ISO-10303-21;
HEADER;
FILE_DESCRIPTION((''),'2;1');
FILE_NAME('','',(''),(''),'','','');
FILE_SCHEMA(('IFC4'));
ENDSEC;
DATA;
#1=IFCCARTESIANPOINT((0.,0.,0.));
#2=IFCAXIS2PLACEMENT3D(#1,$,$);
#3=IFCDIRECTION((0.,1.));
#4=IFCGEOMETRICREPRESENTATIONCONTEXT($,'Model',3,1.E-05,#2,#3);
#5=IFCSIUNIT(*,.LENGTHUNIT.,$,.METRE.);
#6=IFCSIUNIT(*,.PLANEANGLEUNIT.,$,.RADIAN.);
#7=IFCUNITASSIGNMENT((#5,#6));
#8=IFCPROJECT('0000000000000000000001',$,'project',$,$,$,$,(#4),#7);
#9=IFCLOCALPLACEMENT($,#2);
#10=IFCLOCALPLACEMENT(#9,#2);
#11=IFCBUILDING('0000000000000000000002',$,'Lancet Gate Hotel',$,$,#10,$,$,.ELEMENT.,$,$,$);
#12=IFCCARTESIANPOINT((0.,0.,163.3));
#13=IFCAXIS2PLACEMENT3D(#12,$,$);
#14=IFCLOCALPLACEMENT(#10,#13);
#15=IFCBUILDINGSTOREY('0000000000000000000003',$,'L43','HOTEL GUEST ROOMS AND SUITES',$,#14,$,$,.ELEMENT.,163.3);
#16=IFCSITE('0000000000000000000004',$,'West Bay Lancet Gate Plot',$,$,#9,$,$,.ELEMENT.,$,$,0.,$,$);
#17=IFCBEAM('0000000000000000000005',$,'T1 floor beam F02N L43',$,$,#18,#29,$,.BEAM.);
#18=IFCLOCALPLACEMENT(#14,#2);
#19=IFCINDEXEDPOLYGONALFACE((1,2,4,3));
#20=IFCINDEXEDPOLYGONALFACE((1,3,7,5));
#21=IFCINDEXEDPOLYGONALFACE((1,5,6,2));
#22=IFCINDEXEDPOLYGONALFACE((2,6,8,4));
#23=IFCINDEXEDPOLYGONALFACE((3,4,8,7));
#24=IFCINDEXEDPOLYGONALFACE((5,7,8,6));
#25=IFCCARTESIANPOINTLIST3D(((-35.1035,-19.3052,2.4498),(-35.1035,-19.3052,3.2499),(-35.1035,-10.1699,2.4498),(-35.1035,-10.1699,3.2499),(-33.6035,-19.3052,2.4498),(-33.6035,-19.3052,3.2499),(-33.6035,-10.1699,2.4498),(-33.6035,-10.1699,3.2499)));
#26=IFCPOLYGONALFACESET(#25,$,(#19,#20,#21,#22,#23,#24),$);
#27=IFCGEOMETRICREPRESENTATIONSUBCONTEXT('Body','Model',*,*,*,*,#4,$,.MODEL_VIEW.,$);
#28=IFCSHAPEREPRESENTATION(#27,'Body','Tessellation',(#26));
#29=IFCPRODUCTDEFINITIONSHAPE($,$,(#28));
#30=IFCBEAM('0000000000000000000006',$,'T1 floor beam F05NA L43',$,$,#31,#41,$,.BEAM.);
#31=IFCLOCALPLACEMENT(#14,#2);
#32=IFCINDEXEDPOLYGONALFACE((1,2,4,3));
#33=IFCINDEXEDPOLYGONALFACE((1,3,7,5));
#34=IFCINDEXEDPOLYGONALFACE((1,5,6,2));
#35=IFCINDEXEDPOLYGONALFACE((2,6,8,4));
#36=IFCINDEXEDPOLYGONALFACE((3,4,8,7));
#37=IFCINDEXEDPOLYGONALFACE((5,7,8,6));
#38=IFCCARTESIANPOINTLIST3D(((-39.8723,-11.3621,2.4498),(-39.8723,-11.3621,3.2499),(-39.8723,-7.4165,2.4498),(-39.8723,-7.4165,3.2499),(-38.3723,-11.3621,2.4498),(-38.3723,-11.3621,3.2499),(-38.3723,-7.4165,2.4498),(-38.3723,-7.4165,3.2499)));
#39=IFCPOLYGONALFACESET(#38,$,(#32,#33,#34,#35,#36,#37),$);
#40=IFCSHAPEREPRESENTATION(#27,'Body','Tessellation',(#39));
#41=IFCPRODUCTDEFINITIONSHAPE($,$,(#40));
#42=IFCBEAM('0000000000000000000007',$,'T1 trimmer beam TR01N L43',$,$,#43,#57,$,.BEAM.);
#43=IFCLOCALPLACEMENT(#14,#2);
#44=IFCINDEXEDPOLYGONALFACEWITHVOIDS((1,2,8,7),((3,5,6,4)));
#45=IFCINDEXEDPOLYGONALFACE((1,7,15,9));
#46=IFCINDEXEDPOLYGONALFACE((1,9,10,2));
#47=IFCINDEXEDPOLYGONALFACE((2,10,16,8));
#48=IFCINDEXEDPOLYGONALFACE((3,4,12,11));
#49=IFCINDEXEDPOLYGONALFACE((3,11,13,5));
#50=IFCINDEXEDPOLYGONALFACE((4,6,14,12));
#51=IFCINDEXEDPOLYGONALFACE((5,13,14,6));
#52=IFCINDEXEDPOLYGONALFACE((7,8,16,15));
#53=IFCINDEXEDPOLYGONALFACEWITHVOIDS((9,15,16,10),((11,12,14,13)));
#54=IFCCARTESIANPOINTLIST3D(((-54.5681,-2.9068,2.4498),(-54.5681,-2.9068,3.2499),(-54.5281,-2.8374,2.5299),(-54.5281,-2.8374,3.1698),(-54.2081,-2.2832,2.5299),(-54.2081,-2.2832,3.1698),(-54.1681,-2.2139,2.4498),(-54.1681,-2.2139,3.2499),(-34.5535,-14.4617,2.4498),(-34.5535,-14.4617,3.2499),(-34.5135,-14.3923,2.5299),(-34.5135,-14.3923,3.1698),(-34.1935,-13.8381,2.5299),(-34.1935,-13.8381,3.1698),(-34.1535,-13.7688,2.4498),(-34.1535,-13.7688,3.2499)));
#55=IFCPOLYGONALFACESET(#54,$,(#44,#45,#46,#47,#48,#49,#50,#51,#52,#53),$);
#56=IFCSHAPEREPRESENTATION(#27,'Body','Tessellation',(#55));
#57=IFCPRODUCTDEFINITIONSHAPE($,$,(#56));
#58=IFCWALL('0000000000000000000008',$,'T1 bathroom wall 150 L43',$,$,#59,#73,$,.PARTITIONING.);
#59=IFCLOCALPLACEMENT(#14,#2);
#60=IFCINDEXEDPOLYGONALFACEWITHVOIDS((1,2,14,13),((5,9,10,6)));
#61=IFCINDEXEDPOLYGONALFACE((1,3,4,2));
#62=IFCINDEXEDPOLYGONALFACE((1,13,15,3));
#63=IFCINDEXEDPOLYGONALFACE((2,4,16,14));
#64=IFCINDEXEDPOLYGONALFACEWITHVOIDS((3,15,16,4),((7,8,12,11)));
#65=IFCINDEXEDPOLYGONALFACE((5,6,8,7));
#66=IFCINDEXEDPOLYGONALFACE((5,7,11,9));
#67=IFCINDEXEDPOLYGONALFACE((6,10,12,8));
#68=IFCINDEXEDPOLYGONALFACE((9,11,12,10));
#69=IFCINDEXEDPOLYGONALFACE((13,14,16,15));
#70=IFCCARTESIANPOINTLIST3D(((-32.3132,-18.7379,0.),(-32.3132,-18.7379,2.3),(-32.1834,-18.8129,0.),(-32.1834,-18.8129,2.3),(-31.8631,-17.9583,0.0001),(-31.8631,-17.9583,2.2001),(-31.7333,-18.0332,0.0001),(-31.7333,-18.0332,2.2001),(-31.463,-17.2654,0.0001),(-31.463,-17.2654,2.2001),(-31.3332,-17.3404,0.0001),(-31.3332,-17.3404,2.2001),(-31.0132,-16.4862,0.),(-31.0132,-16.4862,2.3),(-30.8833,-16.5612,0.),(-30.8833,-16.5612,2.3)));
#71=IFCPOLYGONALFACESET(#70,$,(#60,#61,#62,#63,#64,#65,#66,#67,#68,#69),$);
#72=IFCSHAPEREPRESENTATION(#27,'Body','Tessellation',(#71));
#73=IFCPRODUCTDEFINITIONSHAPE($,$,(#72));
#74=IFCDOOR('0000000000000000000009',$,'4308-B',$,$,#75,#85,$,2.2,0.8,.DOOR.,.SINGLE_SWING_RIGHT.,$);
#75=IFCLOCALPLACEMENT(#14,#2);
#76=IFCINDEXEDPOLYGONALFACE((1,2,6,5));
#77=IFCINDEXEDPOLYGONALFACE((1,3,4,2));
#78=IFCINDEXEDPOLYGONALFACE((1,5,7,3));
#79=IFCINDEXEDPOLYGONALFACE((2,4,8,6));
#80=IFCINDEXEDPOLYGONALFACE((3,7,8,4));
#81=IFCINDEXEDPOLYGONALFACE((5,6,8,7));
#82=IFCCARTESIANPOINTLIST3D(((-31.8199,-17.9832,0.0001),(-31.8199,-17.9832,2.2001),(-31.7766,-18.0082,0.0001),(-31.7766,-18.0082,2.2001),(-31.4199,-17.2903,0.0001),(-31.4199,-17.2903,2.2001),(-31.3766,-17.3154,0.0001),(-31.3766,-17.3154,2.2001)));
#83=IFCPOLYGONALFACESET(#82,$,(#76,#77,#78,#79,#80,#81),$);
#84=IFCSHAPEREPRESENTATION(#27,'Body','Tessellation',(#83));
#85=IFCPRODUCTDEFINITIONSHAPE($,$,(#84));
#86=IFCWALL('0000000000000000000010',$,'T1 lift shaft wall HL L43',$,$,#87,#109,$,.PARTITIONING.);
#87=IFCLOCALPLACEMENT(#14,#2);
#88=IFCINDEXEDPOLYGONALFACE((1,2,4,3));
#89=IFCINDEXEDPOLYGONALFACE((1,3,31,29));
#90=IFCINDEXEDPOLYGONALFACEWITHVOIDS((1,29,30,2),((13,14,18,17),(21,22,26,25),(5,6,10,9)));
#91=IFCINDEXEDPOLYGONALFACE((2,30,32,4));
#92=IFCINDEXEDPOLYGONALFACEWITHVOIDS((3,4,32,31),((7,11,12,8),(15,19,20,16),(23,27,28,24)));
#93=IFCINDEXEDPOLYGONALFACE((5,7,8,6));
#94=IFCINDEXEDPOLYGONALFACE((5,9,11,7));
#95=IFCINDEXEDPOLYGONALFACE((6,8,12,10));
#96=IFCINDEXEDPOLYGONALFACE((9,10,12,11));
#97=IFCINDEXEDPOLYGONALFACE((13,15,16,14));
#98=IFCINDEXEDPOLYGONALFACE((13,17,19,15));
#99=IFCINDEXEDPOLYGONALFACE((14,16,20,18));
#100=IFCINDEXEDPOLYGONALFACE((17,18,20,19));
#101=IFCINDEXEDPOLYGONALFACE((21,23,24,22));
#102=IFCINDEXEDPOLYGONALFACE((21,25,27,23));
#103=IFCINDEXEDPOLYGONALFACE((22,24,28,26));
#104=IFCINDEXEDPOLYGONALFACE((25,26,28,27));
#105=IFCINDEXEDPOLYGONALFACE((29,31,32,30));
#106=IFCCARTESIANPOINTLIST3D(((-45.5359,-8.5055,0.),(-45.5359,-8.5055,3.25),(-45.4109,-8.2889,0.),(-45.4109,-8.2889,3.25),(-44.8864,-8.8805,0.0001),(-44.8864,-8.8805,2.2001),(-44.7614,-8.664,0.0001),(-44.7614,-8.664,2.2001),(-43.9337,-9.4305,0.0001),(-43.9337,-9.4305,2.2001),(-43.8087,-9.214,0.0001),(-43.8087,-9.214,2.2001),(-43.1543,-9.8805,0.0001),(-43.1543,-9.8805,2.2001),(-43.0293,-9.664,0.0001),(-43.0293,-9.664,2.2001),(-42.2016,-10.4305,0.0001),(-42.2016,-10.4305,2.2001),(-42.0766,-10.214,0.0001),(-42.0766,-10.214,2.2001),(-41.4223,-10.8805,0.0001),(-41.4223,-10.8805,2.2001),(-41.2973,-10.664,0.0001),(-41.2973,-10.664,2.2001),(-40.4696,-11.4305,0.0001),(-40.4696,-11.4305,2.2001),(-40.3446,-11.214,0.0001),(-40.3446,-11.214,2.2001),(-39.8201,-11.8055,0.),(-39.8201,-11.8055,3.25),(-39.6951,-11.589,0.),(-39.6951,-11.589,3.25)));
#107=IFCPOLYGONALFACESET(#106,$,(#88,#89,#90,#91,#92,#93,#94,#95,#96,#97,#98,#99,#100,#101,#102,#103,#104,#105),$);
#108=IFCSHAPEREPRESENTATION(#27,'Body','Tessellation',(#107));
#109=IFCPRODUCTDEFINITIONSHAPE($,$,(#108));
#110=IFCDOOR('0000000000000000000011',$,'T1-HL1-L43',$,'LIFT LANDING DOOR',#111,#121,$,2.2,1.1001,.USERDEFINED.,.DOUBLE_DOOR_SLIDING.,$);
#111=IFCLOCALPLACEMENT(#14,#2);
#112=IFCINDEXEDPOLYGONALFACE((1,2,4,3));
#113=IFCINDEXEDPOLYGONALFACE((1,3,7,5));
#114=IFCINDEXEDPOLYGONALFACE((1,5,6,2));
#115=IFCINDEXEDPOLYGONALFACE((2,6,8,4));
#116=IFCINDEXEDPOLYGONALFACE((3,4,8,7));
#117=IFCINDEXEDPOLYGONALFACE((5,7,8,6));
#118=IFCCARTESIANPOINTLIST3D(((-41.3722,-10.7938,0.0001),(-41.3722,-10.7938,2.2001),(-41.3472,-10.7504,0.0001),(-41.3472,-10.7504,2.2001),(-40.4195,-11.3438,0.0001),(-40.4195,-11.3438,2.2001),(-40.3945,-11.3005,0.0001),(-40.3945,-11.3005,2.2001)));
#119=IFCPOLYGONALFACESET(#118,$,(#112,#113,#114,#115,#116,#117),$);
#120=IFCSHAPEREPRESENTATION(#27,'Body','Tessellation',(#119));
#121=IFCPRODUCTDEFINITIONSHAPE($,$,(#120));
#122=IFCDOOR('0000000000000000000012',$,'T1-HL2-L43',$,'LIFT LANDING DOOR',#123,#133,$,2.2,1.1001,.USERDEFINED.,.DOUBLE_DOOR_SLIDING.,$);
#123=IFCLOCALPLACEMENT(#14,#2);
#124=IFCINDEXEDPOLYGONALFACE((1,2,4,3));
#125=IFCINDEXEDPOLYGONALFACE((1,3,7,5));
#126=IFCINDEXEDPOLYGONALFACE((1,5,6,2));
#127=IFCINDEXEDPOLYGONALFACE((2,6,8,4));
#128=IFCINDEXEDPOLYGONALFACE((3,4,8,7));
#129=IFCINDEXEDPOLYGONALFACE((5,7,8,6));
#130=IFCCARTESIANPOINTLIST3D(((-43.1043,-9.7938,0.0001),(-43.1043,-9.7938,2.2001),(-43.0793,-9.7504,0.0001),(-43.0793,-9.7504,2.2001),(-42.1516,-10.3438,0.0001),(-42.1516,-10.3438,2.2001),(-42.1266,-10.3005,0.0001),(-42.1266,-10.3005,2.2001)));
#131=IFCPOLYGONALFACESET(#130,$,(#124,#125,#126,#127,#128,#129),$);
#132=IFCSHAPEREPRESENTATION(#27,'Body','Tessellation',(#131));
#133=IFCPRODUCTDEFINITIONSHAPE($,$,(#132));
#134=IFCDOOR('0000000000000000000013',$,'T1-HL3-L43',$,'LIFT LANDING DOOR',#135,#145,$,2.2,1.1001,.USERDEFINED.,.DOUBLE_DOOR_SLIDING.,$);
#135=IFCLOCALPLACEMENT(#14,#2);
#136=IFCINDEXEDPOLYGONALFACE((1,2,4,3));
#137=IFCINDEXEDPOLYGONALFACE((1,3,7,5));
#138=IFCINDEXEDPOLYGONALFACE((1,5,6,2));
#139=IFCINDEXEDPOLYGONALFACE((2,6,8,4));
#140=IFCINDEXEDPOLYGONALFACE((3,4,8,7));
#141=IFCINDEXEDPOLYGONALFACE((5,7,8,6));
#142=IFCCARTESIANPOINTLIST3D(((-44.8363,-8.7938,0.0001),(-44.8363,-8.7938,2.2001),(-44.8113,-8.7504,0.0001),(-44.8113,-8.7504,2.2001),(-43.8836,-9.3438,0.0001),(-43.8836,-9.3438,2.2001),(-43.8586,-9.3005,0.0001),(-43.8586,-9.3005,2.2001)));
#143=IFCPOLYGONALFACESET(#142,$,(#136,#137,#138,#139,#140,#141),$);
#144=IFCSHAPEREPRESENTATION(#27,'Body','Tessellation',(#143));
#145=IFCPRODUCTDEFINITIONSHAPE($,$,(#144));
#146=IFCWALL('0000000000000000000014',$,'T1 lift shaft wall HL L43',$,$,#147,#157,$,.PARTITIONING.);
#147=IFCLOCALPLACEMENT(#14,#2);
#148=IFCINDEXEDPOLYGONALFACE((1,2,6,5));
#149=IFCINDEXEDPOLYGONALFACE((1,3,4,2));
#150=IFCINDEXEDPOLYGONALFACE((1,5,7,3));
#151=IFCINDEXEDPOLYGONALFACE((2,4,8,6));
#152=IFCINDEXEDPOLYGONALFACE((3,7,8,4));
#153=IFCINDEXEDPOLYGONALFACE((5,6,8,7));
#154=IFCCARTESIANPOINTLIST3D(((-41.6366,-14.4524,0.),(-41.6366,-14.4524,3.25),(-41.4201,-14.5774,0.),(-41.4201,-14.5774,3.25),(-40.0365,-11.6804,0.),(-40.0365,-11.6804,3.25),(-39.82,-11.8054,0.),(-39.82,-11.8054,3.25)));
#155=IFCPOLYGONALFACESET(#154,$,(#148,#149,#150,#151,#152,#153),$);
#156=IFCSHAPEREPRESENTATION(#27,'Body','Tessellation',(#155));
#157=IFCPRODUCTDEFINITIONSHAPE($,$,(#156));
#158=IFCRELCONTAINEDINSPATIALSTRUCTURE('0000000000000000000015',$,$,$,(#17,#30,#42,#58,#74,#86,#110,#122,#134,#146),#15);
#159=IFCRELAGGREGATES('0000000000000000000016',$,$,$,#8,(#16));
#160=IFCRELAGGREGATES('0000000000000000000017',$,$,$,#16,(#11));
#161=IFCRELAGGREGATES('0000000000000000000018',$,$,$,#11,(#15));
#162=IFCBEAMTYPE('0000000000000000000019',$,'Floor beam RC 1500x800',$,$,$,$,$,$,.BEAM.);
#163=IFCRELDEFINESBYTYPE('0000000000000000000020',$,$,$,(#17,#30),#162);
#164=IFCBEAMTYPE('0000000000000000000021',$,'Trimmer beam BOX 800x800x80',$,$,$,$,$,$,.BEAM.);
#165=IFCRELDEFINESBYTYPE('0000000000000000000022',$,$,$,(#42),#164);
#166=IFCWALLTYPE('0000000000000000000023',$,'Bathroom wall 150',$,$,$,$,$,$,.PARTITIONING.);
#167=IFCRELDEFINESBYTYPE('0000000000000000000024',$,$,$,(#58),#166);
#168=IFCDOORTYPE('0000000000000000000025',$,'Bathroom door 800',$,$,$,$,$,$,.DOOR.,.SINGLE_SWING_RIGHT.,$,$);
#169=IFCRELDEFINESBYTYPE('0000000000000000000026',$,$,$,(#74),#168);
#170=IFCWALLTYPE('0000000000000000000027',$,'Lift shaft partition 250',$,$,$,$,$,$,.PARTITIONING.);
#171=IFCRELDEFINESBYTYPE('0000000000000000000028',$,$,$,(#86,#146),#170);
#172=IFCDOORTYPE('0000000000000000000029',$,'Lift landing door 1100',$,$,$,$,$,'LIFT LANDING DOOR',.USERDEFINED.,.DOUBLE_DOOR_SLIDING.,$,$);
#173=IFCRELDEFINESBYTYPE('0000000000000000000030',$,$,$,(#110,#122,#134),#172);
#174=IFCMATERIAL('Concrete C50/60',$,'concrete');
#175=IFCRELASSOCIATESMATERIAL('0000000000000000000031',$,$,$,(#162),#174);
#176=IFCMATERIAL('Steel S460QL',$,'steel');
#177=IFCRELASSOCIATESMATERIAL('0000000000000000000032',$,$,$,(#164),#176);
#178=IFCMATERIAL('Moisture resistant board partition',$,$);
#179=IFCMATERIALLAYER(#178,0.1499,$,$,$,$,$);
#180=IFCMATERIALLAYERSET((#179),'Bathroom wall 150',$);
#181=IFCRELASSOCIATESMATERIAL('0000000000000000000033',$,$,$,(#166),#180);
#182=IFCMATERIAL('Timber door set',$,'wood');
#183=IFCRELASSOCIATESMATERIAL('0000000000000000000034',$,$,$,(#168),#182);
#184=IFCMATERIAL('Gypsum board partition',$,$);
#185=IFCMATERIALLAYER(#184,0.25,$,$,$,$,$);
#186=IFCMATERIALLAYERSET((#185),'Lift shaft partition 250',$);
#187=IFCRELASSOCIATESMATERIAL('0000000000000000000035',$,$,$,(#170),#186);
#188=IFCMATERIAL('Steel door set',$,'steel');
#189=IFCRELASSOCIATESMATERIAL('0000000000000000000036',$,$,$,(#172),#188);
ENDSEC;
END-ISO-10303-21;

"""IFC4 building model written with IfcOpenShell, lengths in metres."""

from ifc_helpers import new_model, si_unit, direction, frame, frame_2d, origin, origin_2d, place, context, subcontext, project, spatial, rectangle, hollow_rectangle, extrude, material, layer, layer_set, material_profile, profile_set, type_object, element, fill, save


model = new_model("IFC4")

# Units and contexts
model_context = context("Model", 3, precision=1e-05, world=origin(), true_north=direction((0.0, 1.0)))
body_context = subcontext(model_context, "Body", "Model", "MODEL_VIEW")
ifc_project = project(units=[si_unit("LENGTHUNIT", "METRE"), si_unit("PLANEANGLEUNIT", "RADIAN")], contexts=[model_context])

# Site, building, storey
site_placement = place(None, origin())
site = spatial("IfcSite", under=ifc_project, at=site_placement, Name="West Bay Lancet Gate Plot", CompositionType="ELEMENT", RefElevation=0.0)
building_placement = place(site_placement, origin())
building = spatial("IfcBuilding", under=site, at=building_placement, Name="Lancet Gate Hotel", CompositionType="ELEMENT")
storey_placement = place(building_placement, frame((0.0, 0.0, 163.3)))
storey = spatial("IfcBuildingStorey", under=building, at=storey_placement, Name="L43", Description="HOTEL GUEST ROOMS AND SUITES", CompositionType="ELEMENT", Elevation=163.3)

# Beams
ifc_material_1 = material(Name="Concrete C50/60", Category="concrete")
ifc_material_profile_1 = material_profile(ifc_material_1, rectangle(XDim=1.5, YDim=0.8, at=origin_2d()), Name="RC 1500x800")
ifc_profile_set_1 = profile_set([ifc_material_profile_1], Name="Concrete C50/60")
beam_type_1 = type_object("IfcBeamType", Name="Floor beam RC 1500x800", PredefinedType="BEAM", material=ifc_profile_set_1)
beam_1_placement = place(storey_placement, frame((-34.3535, -10.1699, 2.8499), z_axis=(0.0, -1.0, 0.0), x_axis=(1.0, 0.0, 0.0)))
element("IfcBeam", 1, at=beam_1_placement, inside=storey, type_object=beam_type_1, Name="T1 floor beam F02N L43", PredefinedType="BEAM", context=body_context, shape_type="SweptSolid", body=[
    extrude(rectangle(XDim=1.5, YDim=0.8, at=origin_2d()), origin(), (0.0, 0.0, 1.0), 9.1353),
])
beam_2_placement = place(storey_placement, frame((-39.1223, -7.4165, 2.8499), z_axis=(0.0, -1.0, 0.0), x_axis=(1.0, 0.0, 0.0)))
element("IfcBeam", 2, at=beam_2_placement, inside=storey, type_object=beam_type_1, Name="T1 floor beam F05NA L43", PredefinedType="BEAM", context=body_context, shape_type="SweptSolid", body=[
    extrude(rectangle(XDim=1.5, YDim=0.8, at=origin_2d()), origin(), (0.0, 0.0, 1.0), 3.9456),
])
ifc_material_2 = material(Name="Steel S460QL", Category="steel")
ifc_material_profile_2 = material_profile(ifc_material_2, hollow_rectangle(XDim=0.8, YDim=0.8, WallThickness=0.0801, at=origin_2d()), Name="BOX 800x800x80")
ifc_profile_set_2 = profile_set([ifc_material_profile_2], Name="Steel S460QL")
beam_type_2 = type_object("IfcBeamType", Name="Trimmer beam BOX 800x800x80", PredefinedType="BEAM", material=ifc_profile_set_2)
beam_3_placement = place(storey_placement, frame((-34.3535, -14.1152, 2.8499), z_axis=(-0.866035, 0.499983, 0.0), x_axis=(-0.499983, -0.866035, 0.0)))
element("IfcBeam", 3, at=beam_3_placement, inside=storey, type_object=beam_type_2, Name="T1 trimmer beam TR01N L43", PredefinedType="BEAM", context=body_context, shape_type="SweptSolid", body=[
    extrude(hollow_rectangle(XDim=0.8, YDim=0.8, WallThickness=0.0801, at=origin_2d()), origin(), (0.0, 0.0, 1.0), 23.1106),
])

# Wall, opening, door
ifc_material_3 = material(Name="Moisture resistant board partition")
ifc_layer_1 = layer(ifc_material_3, 0.1499)
ifc_layer_set_1 = layer_set([ifc_layer_1], Name="Bathroom wall 150")
wall_type_1 = type_object("IfcWallType", Name="Bathroom wall 150", PredefinedType="PARTITIONING", material=ifc_layer_set_1)
wall_1_placement = place(storey_placement, frame((-30.9482, -16.5237, 0.0), z_axis=(0.0, 0.0, 1.0), x_axis=(-0.500007, -0.866021, 0.0)))
wall_1 = element("IfcWall", 4, at=wall_1_placement, inside=storey, type_object=wall_type_1, Name="T1 bathroom wall 150 L43", PredefinedType="PARTITIONING", context=body_context, shape_type="SweptSolid", body=[
    extrude(rectangle(XDim=2.6001, YDim=0.1499, at=frame_2d((1.3, 0.0))), origin(), (0.0, 0.0, 1.0), 2.3),
])
opening_1_placement = place(wall_1_placement, frame((0.8999, 0.0, 0.0)))
opening_1 = element("IfcOpeningElement", 5, at=opening_1_placement, cuts=wall_1, PredefinedType="OPENING", context=body_context, shape_type="SweptSolid", body=[
    extrude(rectangle(XDim=0.8, YDim=2.2, at=frame_2d((0.3999, 1.1001))), frame((0.0, 0.085, 0.0), z_axis=(0.0, -1.0, 0.0), x_axis=(1.0, 0.0, 0.0)), (0.0, 0.0, 1.0), 0.1699),
])
ifc_material_4 = material(Name="Timber door set", Category="wood")
door_type_1 = type_object("IfcDoorType", Name="Bathroom door 800", OperationType="SINGLE_SWING_RIGHT", PredefinedType="DOOR", material=ifc_material_4)
door_1_placement = place(opening_1_placement, origin())
door_1 = element("IfcDoor", 6, at=door_1_placement, inside=storey, type_object=door_type_1, Name="4308-B", OperationType="SINGLE_SWING_RIGHT", OverallHeight=2.2, OverallWidth=0.8, PredefinedType="DOOR", context=body_context, shape_type="SweptSolid", body=[
    extrude(rectangle(XDim=0.8, YDim=2.2, at=frame_2d((0.3999, 1.1001))), frame((0.0, 0.0249, 0.0), z_axis=(0.0, -1.0, 0.0), x_axis=(1.0, 0.0, 0.0)), (0.0, 0.0, 1.0), 0.05),
])
fill(opening_1, door_1)

# Wall, openings, doors
ifc_material_5 = material(Name="Gypsum board partition")
ifc_layer_2 = layer(ifc_material_5, 0.25)
ifc_layer_set_2 = layer_set([ifc_layer_2], Name="Lift shaft partition 250")
wall_type_2 = type_object("IfcWallType", Name="Lift shaft partition 250", PredefinedType="PARTITIONING", material=ifc_layer_set_2)
wall_2_placement = place(storey_placement, frame((-39.7576, -11.6973, 0.0), z_axis=(0.0, 0.0, 1.0), x_axis=(-0.866024, 0.500002, 0.0)))
wall_2 = element("IfcWall", 7, at=wall_2_placement, inside=storey, type_object=wall_type_2, Name="T1 lift shaft wall HL L43", PredefinedType="PARTITIONING", context=body_context, shape_type="SweptSolid", body=[
    extrude(rectangle(XDim=6.6001, YDim=0.25, at=frame_2d((3.3, 0.0))), origin(), (0.0, 0.0, 1.0), 3.25),
])
opening_2_placement = place(wall_2_placement, frame((0.75, 0.0, 0.0)))
opening_2 = element("IfcOpeningElement", 8, at=opening_2_placement, cuts=wall_2, PredefinedType="OPENING", context=body_context, shape_type="SweptSolid", body=[
    extrude(rectangle(XDim=1.1001, YDim=2.2, at=frame_2d((0.55, 1.1001))), frame((0.0, 0.135, 0.0), z_axis=(0.0, -1.0, 0.0), x_axis=(1.0, 0.0, 0.0)), (0.0, 0.0, 1.0), 0.27),
])
opening_3_placement = place(wall_2_placement, frame((2.75, 0.0, 0.0)))
opening_3 = element("IfcOpeningElement", 9, at=opening_3_placement, cuts=wall_2, PredefinedType="OPENING", context=body_context, shape_type="SweptSolid", body=[
    extrude(rectangle(XDim=1.1001, YDim=2.2, at=frame_2d((0.55, 1.1001))), frame((0.0, 0.135, 0.0), z_axis=(0.0, -1.0, 0.0), x_axis=(1.0, 0.0, 0.0)), (0.0, 0.0, 1.0), 0.27),
])
opening_4_placement = place(wall_2_placement, frame((4.75, 0.0, 0.0)))
opening_4 = element("IfcOpeningElement", 10, at=opening_4_placement, cuts=wall_2, PredefinedType="OPENING", context=body_context, shape_type="SweptSolid", body=[
    extrude(rectangle(XDim=1.1001, YDim=2.2, at=frame_2d((0.55, 1.1001))), frame((0.0, 0.135, 0.0), z_axis=(0.0, -1.0, 0.0), x_axis=(1.0, 0.0, 0.0)), (0.0, 0.0, 1.0), 0.27),
])
ifc_material_6 = material(Name="Steel door set", Category="steel")
door_type_2 = type_object("IfcDoorType", Name="Lift landing door 1100", ElementType="LIFT LANDING DOOR", OperationType="DOUBLE_DOOR_SLIDING", PredefinedType="USERDEFINED", material=ifc_material_6)
door_2_placement = place(opening_2_placement, origin())
door_2 = element("IfcDoor", 11, at=door_2_placement, inside=storey, type_object=door_type_2, Name="T1-HL1-L43", ObjectType="LIFT LANDING DOOR", OperationType="DOUBLE_DOOR_SLIDING", OverallHeight=2.2, OverallWidth=1.1001, PredefinedType="USERDEFINED", context=body_context, shape_type="SweptSolid", body=[
    extrude(rectangle(XDim=1.1001, YDim=2.2, at=frame_2d((0.55, 1.1001))), frame((0.0, 0.0249, 0.0), z_axis=(0.0, -1.0, 0.0), x_axis=(1.0, 0.0, 0.0)), (0.0, 0.0, 1.0), 0.05),
])
fill(opening_2, door_2)
door_3_placement = place(opening_3_placement, origin())
door_3 = element("IfcDoor", 12, at=door_3_placement, inside=storey, type_object=door_type_2, Name="T1-HL2-L43", ObjectType="LIFT LANDING DOOR", OperationType="DOUBLE_DOOR_SLIDING", OverallHeight=2.2, OverallWidth=1.1001, PredefinedType="USERDEFINED", context=body_context, shape_type="SweptSolid", body=[
    extrude(rectangle(XDim=1.1001, YDim=2.2, at=frame_2d((0.55, 1.1001))), frame((0.0, 0.0249, 0.0), z_axis=(0.0, -1.0, 0.0), x_axis=(1.0, 0.0, 0.0)), (0.0, 0.0, 1.0), 0.05),
])
fill(opening_3, door_3)
door_4_placement = place(opening_4_placement, origin())
door_4 = element("IfcDoor", 13, at=door_4_placement, inside=storey, type_object=door_type_2, Name="T1-HL3-L43", ObjectType="LIFT LANDING DOOR", OperationType="DOUBLE_DOOR_SLIDING", OverallHeight=2.2, OverallWidth=1.1001, PredefinedType="USERDEFINED", context=body_context, shape_type="SweptSolid", body=[
    extrude(rectangle(XDim=1.1001, YDim=2.2, at=frame_2d((0.55, 1.1001))), frame((0.0, 0.0249, 0.0), z_axis=(0.0, -1.0, 0.0), x_axis=(1.0, 0.0, 0.0)), (0.0, 0.0, 1.0), 0.05),
])
fill(opening_4, door_4)

# Wall
wall_3_placement = place(storey_placement, frame((-39.9282, -11.7429, 0.0), z_axis=(0.0, 0.0, 1.0), x_axis=(-0.499929, -0.866066, 0.0)))
element("IfcWall", 14, at=wall_3_placement, inside=storey, type_object=wall_type_2, Name="T1 lift shaft wall HL L43", PredefinedType="PARTITIONING", context=body_context, shape_type="SweptSolid", body=[
    extrude(rectangle(XDim=3.2007, YDim=0.25, at=frame_2d((1.6003, 0.0))), origin(), (0.0, 0.0, 1.0), 3.25),
])

save(model, "model.ifc")
